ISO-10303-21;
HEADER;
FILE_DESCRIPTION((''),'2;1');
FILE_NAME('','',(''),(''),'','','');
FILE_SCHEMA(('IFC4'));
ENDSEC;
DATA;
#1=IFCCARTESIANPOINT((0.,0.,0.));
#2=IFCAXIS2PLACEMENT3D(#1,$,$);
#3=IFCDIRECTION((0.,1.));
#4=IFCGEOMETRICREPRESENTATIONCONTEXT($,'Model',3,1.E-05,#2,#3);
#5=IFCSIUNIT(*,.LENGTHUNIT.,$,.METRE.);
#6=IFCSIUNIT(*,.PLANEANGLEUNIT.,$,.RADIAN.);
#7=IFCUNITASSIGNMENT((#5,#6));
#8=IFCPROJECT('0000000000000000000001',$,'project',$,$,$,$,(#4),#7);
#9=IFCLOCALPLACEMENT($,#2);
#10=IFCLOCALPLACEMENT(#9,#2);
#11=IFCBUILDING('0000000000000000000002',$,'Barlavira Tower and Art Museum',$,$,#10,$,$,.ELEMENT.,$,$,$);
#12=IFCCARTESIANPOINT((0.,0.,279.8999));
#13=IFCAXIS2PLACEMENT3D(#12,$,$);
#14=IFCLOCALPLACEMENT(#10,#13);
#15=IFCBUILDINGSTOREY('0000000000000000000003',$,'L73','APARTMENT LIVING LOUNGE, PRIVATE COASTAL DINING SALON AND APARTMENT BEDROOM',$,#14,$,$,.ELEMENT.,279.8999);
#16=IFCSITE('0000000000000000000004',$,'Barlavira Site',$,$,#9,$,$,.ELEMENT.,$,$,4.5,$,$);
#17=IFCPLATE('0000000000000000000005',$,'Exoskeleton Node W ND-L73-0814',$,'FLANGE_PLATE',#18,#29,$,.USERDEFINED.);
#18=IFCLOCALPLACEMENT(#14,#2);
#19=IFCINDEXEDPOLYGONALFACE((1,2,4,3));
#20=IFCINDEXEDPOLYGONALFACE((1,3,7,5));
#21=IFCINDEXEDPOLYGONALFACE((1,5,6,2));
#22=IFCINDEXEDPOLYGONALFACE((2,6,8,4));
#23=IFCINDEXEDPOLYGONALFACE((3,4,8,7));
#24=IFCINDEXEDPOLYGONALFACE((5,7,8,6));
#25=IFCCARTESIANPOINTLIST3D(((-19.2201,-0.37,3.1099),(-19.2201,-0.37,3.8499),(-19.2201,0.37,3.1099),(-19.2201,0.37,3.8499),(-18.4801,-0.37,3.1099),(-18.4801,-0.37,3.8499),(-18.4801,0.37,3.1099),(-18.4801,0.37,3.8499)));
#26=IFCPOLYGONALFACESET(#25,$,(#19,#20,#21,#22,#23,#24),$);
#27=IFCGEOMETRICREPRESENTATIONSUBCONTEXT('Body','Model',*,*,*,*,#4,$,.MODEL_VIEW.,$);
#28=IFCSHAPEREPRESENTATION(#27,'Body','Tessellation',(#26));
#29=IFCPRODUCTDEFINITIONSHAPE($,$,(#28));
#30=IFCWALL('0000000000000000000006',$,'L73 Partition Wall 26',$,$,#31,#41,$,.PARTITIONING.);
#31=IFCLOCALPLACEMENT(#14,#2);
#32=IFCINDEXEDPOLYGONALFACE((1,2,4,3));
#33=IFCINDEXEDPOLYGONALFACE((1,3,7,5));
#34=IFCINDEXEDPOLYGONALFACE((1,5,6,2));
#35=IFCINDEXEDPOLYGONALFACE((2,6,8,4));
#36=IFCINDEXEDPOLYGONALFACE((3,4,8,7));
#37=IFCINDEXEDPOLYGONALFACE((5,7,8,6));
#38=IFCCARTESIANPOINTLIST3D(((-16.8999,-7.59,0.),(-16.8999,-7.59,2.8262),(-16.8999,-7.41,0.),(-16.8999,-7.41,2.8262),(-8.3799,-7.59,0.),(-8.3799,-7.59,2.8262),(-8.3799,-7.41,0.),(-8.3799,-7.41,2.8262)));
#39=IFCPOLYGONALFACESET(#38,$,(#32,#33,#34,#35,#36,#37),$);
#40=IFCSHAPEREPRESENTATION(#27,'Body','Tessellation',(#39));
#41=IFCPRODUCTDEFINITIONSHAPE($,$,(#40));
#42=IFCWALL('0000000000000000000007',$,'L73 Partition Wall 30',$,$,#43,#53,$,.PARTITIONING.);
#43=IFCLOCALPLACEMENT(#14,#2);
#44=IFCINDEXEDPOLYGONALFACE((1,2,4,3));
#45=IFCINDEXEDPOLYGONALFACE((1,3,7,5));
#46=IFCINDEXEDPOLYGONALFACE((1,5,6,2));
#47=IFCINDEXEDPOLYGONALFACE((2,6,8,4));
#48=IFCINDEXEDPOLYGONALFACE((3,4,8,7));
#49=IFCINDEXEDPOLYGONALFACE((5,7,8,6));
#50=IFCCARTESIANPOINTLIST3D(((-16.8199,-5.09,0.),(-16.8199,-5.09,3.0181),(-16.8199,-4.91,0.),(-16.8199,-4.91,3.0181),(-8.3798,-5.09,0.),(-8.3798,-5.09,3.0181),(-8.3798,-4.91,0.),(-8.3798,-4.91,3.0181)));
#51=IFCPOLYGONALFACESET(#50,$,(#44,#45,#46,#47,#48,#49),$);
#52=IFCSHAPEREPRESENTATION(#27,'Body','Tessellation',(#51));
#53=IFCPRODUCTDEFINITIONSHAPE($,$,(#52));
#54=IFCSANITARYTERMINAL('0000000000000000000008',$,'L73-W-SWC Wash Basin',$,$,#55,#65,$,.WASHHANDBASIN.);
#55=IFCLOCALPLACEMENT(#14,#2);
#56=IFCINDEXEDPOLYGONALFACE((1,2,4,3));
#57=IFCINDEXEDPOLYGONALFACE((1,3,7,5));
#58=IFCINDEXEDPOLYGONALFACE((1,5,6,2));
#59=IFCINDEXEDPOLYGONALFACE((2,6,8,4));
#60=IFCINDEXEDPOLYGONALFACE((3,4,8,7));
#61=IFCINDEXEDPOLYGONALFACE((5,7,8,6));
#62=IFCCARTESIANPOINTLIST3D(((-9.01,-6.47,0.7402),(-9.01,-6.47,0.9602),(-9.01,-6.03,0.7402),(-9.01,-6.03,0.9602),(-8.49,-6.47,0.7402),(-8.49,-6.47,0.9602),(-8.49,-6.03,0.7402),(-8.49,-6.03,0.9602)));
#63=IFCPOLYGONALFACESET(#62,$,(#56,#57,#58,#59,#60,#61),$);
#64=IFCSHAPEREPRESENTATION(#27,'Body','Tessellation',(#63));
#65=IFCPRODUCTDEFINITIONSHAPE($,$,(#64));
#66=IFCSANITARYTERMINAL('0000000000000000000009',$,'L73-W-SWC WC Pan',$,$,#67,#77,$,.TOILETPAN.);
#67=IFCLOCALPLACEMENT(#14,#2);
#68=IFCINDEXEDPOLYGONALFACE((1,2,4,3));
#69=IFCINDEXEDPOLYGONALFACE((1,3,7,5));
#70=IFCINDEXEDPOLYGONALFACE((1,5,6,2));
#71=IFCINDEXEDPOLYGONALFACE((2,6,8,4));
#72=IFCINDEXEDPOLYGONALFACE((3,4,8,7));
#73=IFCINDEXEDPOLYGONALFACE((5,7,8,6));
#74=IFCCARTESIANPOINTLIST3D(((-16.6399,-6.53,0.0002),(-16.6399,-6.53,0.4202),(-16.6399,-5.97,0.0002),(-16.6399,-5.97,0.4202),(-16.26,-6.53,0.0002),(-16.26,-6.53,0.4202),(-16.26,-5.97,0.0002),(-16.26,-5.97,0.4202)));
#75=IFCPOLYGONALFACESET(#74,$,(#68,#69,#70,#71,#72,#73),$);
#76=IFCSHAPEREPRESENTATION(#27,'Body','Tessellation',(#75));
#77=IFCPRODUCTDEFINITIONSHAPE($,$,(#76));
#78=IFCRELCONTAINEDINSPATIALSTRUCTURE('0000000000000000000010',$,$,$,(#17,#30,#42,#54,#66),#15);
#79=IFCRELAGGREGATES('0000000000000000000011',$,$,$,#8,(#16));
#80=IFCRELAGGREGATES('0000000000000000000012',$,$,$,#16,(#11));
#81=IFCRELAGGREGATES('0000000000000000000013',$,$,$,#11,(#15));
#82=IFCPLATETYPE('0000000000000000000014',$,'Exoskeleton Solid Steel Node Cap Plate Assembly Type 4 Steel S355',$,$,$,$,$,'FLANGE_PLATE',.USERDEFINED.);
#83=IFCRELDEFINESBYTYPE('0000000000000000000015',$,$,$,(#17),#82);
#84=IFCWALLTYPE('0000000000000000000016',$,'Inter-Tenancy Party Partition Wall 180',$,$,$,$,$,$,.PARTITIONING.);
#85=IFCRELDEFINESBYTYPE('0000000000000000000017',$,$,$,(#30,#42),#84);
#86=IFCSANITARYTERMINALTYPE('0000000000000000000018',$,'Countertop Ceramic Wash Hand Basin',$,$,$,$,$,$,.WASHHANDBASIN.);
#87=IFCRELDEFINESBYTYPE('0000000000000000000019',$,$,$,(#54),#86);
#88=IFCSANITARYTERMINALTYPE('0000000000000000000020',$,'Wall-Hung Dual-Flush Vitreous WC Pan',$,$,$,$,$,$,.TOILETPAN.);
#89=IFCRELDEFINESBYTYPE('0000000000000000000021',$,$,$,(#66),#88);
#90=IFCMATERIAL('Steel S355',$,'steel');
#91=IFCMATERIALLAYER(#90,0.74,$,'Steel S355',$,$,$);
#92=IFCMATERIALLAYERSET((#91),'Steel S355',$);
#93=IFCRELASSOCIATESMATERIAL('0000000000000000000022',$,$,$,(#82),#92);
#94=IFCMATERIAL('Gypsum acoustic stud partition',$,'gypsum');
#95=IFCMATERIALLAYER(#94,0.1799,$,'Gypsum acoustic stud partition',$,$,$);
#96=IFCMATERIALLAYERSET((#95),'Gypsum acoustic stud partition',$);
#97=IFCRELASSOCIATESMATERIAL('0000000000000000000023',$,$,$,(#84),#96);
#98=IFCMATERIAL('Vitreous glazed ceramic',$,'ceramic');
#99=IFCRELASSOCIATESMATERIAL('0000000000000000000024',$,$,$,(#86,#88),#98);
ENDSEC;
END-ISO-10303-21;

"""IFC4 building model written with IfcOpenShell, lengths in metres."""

from ifc_helpers import new_model, si_unit, direction, frame, frame_2d, origin, origin_2d, place, context, subcontext, project, spatial, rectangle, extrude, material, layer, layer_set, type_object, element, save


model = new_model("IFC4")

# Units and contexts
model_context = context("Model", 3, precision=1e-05, world=origin(), true_north=direction((0.0, 1.0)))
body_context = subcontext(model_context, "Body", "Model", "MODEL_VIEW")
ifc_project = project(units=[si_unit("LENGTHUNIT", "METRE"), si_unit("PLANEANGLEUNIT", "RADIAN")], contexts=[model_context])

# Site, building, storey
site_placement = place(None, origin())
site = spatial("IfcSite", under=ifc_project, at=site_placement, Name="Barlavira Site", CompositionType="ELEMENT", RefElevation=4.5)
building_placement = place(site_placement, origin())
building = spatial("IfcBuilding", under=site, at=building_placement, Name="Barlavira Tower and Art Museum", CompositionType="ELEMENT")
storey_placement = place(building_placement, frame((0.0, 0.0, 279.8999)))
storey = spatial("IfcBuildingStorey", under=building, at=storey_placement, Name="L73", Description="APARTMENT LIVING LOUNGE, PRIVATE COASTAL DINING SALON AND APARTMENT BEDROOM", CompositionType="ELEMENT", Elevation=279.8999)

# Shared definitions
ifc_material_1 = material(Name="Steel S355", Category="steel")

# Plate
ifc_layer_1 = layer(ifc_material_1, 0.74, Name="Steel S355")
ifc_layer_set_1 = layer_set([ifc_layer_1], Name="Steel S355")
plate_type_1 = type_object("IfcPlateType", Name="Exoskeleton Solid Steel Node Cap Plate Assembly Type 4 Steel S355", ElementType="FLANGE_PLATE", PredefinedType="USERDEFINED", material=ifc_layer_set_1)
plate_1_placement = place(storey_placement, frame((-18.8501, 0.0, 3.1099), z_axis=(0.0, 0.0, 1.0), x_axis=(1.0, 0.0, 0.0)))
element("IfcPlate", 1, at=plate_1_placement, inside=storey, type_object=plate_type_1, Name="Exoskeleton Node W ND-L73-0814", ObjectType="FLANGE_PLATE", PredefinedType="USERDEFINED", context=body_context, shape_type="SweptSolid", body=[
    extrude(rectangle(XDim=0.74, YDim=0.74, at=origin_2d()), origin(), (0.0, 0.0, 1.0), 0.74),
])

# Walls
ifc_material_2 = material(Name="Gypsum acoustic stud partition", Category="gypsum")
ifc_layer_2 = layer(ifc_material_2, 0.1799, Name="Gypsum acoustic stud partition")
ifc_layer_set_2 = layer_set([ifc_layer_2], Name="Gypsum acoustic stud partition")
wall_type = type_object("IfcWallType", Name="Inter-Tenancy Party Partition Wall 180", PredefinedType="PARTITIONING", material=ifc_layer_set_2)
wall_1_placement = place(storey_placement, frame((-16.8999, -7.5, 0.0), z_axis=(0.0, 0.0, 1.0), x_axis=(1.0, 0.0, 0.0)))
element("IfcWall", 2, at=wall_1_placement, inside=storey, type_object=wall_type, Name="L73 Partition Wall 26", PredefinedType="PARTITIONING", context=body_context, shape_type="SweptSolid", body=[
    extrude(rectangle(XDim=8.52, YDim=0.1799, at=frame_2d((4.26, 0.0))), origin(), (0.0, 0.0, 1.0), 2.8262),
])
wall_2_placement = place(storey_placement, frame((-16.8201, -5.0, 0.0), z_axis=(0.0, 0.0, 1.0), x_axis=(1.0, 0.0, 0.0)))
element("IfcWall", 3, at=wall_2_placement, inside=storey, type_object=wall_type, Name="L73 Partition Wall 30", PredefinedType="PARTITIONING", context=body_context, shape_type="SweptSolid", body=[
    extrude(rectangle(XDim=8.4402, YDim=0.1799, at=frame_2d((4.2202, 0.0))), origin(), (0.0, 0.0, 1.0), 3.0181),
])

# Sanitary terminals
ifc_material_3 = material(Name="Vitreous glazed ceramic", Category="ceramic")
sanitary_terminal_type_1 = type_object("IfcSanitaryTerminalType", Name="Countertop Ceramic Wash Hand Basin", PredefinedType="WASHHANDBASIN", material=ifc_material_3)
sanitary_terminal_1_placement = place(storey_placement, frame((-8.75, -6.25, 0.7402), z_axis=(0.0, 0.0, 1.0), x_axis=(1.0, 0.0, 0.0)))
element("IfcSanitaryTerminal", 4, at=sanitary_terminal_1_placement, inside=storey, type_object=sanitary_terminal_type_1, Name="L73-W-SWC Wash Basin", PredefinedType="WASHHANDBASIN", context=body_context, shape_type="SweptSolid", body=[
    extrude(rectangle(XDim=0.52, YDim=0.4399, at=origin_2d()), origin(), (0.0, 0.0, 1.0), 0.22),
])
sanitary_terminal_type_2 = type_object("IfcSanitaryTerminalType", Name="Wall-Hung Dual-Flush Vitreous WC Pan", PredefinedType="TOILETPAN", material=ifc_material_3)
sanitary_terminal_2_placement = place(storey_placement, frame((-16.45, -6.25, 0.0002), z_axis=(0.0, 0.0, 1.0), x_axis=(1.0, 0.0, 0.0)))
element("IfcSanitaryTerminal", 5, at=sanitary_terminal_2_placement, inside=storey, type_object=sanitary_terminal_type_2, Name="L73-W-SWC WC Pan", PredefinedType="TOILETPAN", context=body_context, shape_type="SweptSolid", body=[
    extrude(rectangle(XDim=0.3799, YDim=0.5601, at=origin_2d()), origin(), (0.0, 0.0, 1.0), 0.4199),
])

save(model, "model.ifc")
